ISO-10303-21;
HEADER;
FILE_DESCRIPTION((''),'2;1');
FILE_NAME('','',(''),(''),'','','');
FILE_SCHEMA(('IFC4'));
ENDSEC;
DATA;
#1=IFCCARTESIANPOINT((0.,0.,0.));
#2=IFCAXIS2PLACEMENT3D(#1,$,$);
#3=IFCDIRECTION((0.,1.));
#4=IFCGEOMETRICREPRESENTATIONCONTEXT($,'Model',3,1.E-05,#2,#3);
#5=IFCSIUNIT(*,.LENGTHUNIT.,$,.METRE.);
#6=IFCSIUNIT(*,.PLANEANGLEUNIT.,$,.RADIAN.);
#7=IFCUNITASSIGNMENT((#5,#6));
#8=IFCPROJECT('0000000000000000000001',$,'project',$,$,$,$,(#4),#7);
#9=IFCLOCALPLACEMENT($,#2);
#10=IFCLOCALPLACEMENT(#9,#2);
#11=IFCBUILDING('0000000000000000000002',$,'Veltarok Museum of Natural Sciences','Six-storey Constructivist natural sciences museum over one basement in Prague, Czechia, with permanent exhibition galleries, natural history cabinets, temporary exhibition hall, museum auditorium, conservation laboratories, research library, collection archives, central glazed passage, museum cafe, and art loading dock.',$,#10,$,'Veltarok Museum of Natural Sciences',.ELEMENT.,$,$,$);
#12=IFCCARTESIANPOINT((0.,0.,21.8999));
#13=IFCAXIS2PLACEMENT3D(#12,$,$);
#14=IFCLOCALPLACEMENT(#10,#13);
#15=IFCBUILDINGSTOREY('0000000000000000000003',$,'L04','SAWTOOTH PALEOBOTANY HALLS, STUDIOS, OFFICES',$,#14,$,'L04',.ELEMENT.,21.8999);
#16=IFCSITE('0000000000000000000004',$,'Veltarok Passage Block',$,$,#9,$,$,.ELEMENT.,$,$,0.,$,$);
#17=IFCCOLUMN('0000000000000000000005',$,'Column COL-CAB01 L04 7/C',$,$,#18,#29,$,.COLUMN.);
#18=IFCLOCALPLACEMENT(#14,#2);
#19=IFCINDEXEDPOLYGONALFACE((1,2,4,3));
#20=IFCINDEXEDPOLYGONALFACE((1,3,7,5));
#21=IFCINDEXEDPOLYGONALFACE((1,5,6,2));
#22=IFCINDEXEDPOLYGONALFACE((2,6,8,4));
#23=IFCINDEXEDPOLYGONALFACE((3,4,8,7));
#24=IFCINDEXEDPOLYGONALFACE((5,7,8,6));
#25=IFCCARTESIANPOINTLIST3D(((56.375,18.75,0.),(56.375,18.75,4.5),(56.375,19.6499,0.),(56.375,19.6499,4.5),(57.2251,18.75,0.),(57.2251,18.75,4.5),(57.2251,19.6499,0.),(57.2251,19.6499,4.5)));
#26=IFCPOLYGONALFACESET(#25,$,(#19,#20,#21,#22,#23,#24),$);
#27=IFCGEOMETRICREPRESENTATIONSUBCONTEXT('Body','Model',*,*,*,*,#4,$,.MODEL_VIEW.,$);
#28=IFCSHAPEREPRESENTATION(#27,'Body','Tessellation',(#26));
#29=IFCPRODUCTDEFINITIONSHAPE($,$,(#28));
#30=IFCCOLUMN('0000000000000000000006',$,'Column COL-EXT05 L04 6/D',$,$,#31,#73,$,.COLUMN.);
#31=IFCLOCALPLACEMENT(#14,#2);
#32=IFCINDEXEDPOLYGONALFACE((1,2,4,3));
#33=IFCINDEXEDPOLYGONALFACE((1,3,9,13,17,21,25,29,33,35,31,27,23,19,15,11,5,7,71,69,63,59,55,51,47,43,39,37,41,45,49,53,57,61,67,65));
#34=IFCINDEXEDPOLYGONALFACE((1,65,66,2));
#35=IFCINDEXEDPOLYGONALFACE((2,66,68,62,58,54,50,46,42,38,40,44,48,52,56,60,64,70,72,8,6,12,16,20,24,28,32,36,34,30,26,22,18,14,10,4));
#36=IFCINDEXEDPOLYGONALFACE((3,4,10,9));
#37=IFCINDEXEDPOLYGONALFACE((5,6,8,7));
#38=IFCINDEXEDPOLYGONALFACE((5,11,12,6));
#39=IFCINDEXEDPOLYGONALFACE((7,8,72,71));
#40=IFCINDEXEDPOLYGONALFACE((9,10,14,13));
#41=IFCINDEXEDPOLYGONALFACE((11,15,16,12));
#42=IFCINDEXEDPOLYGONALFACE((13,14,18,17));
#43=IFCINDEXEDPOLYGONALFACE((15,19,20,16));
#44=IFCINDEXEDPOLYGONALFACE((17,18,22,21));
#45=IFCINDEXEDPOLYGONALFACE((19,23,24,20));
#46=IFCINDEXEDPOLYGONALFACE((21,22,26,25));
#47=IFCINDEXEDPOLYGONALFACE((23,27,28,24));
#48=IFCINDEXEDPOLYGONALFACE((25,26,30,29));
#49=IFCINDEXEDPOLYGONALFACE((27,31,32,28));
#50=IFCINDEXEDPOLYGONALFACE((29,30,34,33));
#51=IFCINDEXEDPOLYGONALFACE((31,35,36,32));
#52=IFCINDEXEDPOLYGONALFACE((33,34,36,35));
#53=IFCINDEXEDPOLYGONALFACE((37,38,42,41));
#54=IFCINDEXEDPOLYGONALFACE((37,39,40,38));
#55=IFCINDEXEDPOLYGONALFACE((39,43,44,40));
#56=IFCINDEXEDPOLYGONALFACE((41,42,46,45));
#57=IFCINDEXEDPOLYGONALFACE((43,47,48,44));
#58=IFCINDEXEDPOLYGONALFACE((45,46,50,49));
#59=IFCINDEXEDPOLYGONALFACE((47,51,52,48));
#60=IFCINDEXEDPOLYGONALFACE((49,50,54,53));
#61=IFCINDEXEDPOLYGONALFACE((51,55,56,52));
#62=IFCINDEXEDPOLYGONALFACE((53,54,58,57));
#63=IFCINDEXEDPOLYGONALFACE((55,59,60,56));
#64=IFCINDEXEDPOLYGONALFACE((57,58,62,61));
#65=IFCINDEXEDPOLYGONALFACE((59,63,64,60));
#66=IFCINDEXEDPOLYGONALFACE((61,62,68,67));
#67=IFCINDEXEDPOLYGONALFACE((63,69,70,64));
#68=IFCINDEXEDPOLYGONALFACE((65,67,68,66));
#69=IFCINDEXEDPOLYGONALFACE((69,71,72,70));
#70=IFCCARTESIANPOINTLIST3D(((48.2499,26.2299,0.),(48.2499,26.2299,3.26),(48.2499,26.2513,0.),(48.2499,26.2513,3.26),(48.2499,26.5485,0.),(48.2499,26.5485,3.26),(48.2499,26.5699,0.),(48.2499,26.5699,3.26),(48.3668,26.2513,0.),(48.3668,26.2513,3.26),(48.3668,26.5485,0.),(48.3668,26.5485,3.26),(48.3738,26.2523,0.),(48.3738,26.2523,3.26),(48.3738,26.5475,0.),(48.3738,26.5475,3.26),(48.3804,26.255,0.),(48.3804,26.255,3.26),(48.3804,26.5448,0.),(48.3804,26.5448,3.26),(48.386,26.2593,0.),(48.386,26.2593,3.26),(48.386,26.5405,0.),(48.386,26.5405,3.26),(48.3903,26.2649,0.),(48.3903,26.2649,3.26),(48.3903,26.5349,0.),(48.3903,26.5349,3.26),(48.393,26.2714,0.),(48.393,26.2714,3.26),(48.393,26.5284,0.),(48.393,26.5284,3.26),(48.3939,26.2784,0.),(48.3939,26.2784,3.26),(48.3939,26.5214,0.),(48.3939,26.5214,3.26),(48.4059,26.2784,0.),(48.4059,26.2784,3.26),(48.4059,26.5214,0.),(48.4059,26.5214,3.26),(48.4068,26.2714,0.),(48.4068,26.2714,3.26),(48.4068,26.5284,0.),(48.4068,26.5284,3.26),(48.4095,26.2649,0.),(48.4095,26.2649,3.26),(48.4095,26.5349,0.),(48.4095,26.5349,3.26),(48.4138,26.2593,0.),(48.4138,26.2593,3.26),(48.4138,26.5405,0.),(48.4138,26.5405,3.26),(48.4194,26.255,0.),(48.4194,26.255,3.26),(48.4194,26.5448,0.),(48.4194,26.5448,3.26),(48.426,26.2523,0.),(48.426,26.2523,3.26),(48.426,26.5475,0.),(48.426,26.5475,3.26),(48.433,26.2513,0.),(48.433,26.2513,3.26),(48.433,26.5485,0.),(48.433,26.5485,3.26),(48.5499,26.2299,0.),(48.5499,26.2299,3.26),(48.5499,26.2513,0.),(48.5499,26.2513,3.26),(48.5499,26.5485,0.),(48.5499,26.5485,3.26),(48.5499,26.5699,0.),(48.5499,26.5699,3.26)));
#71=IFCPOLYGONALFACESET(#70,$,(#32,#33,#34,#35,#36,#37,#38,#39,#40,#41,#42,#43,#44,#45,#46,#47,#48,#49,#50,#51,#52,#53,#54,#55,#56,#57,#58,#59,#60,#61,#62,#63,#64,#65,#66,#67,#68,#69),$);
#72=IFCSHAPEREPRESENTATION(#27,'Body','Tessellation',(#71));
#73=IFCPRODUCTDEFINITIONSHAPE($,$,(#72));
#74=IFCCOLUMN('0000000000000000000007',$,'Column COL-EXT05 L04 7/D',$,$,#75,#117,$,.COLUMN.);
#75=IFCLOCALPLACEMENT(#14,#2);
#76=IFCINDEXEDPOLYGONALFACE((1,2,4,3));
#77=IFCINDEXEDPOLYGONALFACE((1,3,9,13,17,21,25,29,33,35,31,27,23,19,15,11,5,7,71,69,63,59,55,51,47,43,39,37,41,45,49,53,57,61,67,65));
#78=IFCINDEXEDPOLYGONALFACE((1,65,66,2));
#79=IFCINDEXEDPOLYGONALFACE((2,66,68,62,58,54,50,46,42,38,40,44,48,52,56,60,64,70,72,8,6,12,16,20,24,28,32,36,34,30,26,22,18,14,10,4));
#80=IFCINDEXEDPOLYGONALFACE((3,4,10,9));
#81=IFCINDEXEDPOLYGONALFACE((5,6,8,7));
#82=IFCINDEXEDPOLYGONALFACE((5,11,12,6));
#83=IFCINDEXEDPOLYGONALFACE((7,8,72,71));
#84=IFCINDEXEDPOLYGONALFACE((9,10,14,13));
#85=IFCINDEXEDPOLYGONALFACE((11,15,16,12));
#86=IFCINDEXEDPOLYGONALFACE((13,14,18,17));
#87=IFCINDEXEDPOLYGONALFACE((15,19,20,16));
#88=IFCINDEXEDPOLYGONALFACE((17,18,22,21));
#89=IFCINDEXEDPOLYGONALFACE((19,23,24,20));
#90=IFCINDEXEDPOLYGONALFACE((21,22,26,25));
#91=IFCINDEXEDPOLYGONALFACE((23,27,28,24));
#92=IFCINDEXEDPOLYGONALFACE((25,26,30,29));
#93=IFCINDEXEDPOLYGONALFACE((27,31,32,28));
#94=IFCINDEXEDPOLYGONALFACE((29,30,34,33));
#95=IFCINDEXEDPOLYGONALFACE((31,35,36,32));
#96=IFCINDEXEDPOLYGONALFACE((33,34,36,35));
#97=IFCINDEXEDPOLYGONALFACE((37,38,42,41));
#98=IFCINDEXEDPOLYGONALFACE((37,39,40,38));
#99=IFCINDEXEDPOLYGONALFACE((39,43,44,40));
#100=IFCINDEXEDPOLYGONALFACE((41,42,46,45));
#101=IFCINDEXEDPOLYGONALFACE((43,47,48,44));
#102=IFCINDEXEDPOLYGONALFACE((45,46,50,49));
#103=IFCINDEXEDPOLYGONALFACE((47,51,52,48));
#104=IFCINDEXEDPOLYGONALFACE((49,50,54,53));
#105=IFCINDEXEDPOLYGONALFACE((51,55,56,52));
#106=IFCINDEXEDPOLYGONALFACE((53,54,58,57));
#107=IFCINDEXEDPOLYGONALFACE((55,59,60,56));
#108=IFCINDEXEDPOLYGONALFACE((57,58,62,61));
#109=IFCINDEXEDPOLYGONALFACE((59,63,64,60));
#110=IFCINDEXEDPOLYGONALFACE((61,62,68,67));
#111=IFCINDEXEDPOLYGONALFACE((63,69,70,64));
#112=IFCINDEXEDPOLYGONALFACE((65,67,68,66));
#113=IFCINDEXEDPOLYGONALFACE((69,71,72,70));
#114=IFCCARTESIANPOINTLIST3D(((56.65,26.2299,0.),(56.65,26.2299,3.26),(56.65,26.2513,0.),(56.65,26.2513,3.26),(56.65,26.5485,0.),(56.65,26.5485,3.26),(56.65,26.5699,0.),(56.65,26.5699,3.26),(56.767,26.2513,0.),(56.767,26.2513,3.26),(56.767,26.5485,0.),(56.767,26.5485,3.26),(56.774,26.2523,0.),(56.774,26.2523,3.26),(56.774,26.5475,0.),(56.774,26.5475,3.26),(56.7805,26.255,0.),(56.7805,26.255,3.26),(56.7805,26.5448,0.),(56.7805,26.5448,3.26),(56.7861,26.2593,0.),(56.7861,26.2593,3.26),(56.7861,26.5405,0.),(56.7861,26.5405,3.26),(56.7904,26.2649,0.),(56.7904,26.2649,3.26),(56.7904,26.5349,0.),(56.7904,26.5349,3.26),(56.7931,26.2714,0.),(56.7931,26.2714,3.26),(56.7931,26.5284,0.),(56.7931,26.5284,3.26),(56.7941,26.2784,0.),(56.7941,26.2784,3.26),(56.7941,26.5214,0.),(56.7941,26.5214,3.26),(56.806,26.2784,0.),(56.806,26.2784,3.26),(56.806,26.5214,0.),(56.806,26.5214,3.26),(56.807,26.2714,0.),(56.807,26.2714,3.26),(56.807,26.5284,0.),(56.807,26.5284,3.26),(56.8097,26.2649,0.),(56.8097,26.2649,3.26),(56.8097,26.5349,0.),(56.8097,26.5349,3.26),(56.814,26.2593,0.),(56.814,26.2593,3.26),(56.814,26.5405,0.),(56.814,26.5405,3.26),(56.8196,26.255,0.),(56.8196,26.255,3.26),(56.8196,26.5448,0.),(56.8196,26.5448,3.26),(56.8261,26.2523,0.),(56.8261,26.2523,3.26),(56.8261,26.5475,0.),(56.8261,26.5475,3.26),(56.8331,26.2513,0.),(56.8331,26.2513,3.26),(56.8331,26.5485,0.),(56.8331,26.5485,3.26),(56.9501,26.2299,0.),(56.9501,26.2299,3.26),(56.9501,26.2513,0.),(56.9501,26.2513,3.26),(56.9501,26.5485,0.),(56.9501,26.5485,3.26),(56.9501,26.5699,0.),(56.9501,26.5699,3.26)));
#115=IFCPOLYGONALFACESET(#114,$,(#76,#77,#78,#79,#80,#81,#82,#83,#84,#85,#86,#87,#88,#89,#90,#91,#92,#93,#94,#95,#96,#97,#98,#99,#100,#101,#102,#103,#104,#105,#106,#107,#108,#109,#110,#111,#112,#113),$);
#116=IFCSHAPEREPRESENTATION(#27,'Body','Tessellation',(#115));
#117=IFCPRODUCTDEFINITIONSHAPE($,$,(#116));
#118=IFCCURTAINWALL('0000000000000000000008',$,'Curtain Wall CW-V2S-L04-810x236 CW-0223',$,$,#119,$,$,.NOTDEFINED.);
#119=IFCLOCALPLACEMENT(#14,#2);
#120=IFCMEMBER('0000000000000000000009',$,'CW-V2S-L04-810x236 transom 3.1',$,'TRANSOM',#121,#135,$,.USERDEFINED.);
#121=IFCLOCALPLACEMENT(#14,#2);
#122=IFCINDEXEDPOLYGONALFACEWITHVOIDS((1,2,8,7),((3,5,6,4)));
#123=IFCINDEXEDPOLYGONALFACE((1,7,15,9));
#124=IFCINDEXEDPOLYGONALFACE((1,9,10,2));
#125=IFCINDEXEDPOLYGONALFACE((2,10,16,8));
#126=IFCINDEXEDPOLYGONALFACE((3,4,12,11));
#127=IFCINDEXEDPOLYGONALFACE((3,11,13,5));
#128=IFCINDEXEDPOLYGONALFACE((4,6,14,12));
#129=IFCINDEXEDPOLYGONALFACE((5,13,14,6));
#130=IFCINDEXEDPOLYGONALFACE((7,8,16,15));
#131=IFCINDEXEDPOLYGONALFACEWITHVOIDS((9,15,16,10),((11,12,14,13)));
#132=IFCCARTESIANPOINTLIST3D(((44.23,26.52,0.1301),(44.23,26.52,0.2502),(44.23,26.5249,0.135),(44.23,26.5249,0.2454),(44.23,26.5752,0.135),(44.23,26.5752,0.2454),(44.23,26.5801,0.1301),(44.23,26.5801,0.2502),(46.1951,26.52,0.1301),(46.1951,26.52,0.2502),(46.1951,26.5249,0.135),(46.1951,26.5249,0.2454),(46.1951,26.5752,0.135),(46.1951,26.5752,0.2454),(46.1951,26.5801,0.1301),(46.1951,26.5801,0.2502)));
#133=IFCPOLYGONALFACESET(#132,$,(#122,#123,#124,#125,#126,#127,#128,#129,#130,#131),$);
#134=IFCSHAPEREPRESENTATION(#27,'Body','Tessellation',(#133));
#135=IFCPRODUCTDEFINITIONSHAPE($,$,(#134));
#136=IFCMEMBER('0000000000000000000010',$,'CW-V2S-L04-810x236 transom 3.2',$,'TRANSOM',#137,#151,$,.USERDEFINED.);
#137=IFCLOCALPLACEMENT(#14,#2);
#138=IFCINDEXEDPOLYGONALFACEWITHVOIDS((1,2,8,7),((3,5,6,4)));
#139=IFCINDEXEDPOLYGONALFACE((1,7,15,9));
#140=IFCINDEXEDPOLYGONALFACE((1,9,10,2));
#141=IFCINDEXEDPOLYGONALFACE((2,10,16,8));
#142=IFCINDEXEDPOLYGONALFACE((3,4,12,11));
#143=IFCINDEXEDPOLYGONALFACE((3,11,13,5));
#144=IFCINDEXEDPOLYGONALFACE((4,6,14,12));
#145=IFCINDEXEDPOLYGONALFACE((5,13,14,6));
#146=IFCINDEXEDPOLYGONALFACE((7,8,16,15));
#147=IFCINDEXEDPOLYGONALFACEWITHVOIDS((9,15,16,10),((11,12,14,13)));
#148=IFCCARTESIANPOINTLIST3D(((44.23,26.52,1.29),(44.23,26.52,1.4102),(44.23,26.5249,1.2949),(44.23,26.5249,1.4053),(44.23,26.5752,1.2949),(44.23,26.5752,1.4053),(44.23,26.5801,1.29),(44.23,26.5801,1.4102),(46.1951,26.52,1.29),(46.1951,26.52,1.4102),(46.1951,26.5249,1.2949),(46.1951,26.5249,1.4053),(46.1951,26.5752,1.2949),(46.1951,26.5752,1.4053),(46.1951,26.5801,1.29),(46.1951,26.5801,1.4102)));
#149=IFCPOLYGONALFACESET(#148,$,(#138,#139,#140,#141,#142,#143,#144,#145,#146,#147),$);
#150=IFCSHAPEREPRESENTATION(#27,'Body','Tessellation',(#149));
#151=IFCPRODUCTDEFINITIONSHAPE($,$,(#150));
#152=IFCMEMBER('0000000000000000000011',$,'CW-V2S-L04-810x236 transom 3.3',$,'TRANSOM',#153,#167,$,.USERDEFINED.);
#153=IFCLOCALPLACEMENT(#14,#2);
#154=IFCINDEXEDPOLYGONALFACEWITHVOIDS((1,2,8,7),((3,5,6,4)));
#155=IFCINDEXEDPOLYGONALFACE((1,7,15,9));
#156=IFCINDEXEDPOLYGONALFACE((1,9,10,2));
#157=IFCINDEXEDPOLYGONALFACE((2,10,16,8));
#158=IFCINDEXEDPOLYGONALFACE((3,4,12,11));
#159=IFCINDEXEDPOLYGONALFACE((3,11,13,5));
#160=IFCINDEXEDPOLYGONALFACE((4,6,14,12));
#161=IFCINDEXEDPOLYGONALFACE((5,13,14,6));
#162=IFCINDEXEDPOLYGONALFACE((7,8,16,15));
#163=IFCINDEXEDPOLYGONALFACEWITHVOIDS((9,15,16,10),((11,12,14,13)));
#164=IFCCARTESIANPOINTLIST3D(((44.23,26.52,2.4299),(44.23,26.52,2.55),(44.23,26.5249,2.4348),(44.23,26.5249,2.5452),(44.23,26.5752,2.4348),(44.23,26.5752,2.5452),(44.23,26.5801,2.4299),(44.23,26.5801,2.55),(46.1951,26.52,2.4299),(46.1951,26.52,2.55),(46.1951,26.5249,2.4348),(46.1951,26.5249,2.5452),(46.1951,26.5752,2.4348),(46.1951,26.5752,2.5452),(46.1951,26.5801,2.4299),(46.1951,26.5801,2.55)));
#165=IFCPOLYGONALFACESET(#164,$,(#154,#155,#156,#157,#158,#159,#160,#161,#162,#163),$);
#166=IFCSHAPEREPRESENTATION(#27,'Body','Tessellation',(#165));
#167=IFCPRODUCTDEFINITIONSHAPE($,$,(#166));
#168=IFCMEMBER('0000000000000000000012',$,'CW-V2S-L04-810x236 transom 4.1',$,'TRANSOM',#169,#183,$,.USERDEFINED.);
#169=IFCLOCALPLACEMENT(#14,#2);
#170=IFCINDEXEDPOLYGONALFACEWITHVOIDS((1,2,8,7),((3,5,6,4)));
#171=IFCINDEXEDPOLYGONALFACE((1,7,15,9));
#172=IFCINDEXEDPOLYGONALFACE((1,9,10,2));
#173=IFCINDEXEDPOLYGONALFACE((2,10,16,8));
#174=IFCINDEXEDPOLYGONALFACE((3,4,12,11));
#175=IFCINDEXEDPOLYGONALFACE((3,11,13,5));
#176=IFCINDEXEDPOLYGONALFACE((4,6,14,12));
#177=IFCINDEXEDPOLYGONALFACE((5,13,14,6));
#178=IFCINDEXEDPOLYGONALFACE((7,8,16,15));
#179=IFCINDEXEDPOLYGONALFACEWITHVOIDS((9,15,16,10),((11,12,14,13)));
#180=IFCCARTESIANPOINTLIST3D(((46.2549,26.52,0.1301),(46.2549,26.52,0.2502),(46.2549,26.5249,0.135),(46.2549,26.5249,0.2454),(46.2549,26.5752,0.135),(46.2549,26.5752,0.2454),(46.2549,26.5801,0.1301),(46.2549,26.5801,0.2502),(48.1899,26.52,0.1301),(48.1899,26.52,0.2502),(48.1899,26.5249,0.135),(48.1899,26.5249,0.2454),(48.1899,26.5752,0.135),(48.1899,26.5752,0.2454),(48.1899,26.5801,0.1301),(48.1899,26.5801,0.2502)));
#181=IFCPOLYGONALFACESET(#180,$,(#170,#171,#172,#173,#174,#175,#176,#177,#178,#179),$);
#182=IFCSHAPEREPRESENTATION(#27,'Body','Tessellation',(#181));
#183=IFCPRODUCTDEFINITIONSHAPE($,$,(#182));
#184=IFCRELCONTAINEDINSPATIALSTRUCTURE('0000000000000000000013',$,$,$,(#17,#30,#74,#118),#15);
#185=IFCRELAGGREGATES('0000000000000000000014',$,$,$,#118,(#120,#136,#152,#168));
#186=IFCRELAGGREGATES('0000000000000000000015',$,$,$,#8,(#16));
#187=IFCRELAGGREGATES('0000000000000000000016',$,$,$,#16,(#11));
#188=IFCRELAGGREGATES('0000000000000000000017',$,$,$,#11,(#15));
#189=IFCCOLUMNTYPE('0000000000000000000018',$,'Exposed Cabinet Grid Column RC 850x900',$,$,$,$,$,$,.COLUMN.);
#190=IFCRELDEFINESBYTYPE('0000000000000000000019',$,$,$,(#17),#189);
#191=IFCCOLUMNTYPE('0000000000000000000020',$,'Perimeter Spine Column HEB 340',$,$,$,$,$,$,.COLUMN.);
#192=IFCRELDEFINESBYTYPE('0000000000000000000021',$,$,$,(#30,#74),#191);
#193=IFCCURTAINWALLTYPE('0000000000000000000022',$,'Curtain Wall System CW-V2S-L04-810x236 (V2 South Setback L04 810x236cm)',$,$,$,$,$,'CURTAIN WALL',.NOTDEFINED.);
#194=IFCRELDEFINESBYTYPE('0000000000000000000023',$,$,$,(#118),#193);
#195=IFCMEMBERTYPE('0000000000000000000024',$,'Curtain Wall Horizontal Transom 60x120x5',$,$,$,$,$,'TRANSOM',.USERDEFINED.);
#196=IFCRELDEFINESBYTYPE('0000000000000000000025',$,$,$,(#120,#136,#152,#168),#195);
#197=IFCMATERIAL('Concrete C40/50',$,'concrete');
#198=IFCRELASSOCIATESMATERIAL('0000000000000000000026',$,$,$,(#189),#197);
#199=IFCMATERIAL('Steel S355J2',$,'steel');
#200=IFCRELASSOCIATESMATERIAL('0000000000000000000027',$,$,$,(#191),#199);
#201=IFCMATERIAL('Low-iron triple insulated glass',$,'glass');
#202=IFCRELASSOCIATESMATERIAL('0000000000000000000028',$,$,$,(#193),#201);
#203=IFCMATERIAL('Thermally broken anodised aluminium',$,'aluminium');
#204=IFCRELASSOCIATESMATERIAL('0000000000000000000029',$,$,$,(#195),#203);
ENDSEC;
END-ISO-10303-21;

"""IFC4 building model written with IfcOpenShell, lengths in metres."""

from ifc_helpers import new_model, si_unit, direction, frame, origin, origin_2d, place, context, subcontext, project, spatial, rectangle, hollow_rectangle, i_section, extrude, material, material_profile, profile_set, type_object, element, aggregate, save


model = new_model("IFC4")

# Units and contexts
model_context = context("Model", 3, precision=1e-05, world=origin(), true_north=direction((0.0, 1.0)))
body_context = subcontext(model_context, "Body", "Model", "MODEL_VIEW")
ifc_project = project(units=[si_unit("LENGTHUNIT", "METRE"), si_unit("PLANEANGLEUNIT", "RADIAN")], contexts=[model_context])

# Site, building, storey
site_placement = place(None, origin())
site = spatial("IfcSite", under=ifc_project, at=site_placement, Name="Veltarok Passage Block", CompositionType="ELEMENT", RefElevation=0.0)
building_placement = place(site_placement, origin())
building = spatial("IfcBuilding", under=site, at=building_placement, Name="Veltarok Museum of Natural Sciences", Description="Six-storey Constructivist natural sciences museum over one basement in Prague, Czechia, with permanent exhibition galleries, natural history cabinets, temporary exhibition hall, museum auditorium, conservation laboratories, research library, collection archives, central glazed passage, museum cafe, and art loading dock.", LongName="Veltarok Museum of Natural Sciences", CompositionType="ELEMENT")
storey_placement = place(building_placement, frame((0.0, 0.0, 21.8999)))
storey = spatial("IfcBuildingStorey", under=building, at=storey_placement, Name="L04", Description="SAWTOOTH PALEOBOTANY HALLS, STUDIOS, OFFICES", LongName="L04", CompositionType="ELEMENT", Elevation=21.8999)

# Columns
ifc_material_1 = material(Name="Concrete C40/50", Category="concrete")
ifc_material_profile_1 = material_profile(ifc_material_1, rectangle(XDim=0.8501, YDim=0.8999, at=origin_2d()), Name="RC 850x900")
ifc_profile_set_1 = profile_set([ifc_material_profile_1], Name="Concrete C40/50")
column_type_1 = type_object("IfcColumnType", Name="Exposed Cabinet Grid Column RC 850x900", PredefinedType="COLUMN", material=ifc_profile_set_1)
column_placement = place(storey_placement, frame((56.8, 19.2, 0.0), z_axis=(0.0, 0.0, 1.0), x_axis=(1.0, 0.0, 0.0)))
element("IfcColumn", 1, at=column_placement, inside=storey, type_object=column_type_1, Name="Column COL-CAB01 L04 7/C", PredefinedType="COLUMN", context=body_context, shape_type="SweptSolid", body=[
    extrude(rectangle(XDim=0.8501, YDim=0.8999, at=origin_2d()), origin(), (0.0, 0.0, 1.0), 4.5),
])
ifc_material_2 = material(Name="Steel S355J2", Category="steel")
ifc_material_profile_2 = material_profile(ifc_material_2, i_section(OverallWidth=0.3, OverallDepth=0.3401, WebThickness=0.012, FlangeThickness=0.0215, FilletRadius=0.0271, at=origin_2d()), Name="HEB 340")
ifc_profile_set_2 = profile_set([ifc_material_profile_2], Name="Steel S355J2")
column_type_2 = type_object("IfcColumnType", Name="Perimeter Spine Column HEB 340", PredefinedType="COLUMN", material=ifc_profile_set_2)
for number, where, z_axis, x_axis, name in (
    (2, (48.3999, 26.3999, 0.0), (0.0, 0.0, 1.0), (1.0, 0.0, 0.0), "Column COL-EXT05 L04 6/D"),
    (3, (56.8, 26.3999, 0.0), (0.0, 0.0, 1.0), (1.0, 0.0, 0.0), "Column COL-EXT05 L04 7/D"),
):
    element("IfcColumn", number, at=place(storey_placement, frame(where, z_axis=z_axis, x_axis=x_axis)), inside=storey, type_object=column_type_2, Name=name, PredefinedType="COLUMN", context=body_context, shape_type="SweptSolid", body=[
        extrude(i_section(OverallWidth=0.3, OverallDepth=0.3401, WebThickness=0.012, FlangeThickness=0.0215, FilletRadius=0.0271, at=origin_2d()), origin(), (0.0, 0.0, 1.0), 3.26),
    ])

# Curtain wall, members
ifc_material_3 = material(Name="Low-iron triple insulated glass", Category="glass")
curtain_wall_type = type_object("IfcCurtainWallType", Name="Curtain Wall System CW-V2S-L04-810x236 (V2 South Setback L04 810x236cm)", ElementType="CURTAIN WALL", PredefinedType="NOTDEFINED", material=ifc_material_3)
curtain_wall_1_placement = place(storey_placement, origin())
curtain_wall_1 = element("IfcCurtainWall", 4, at=curtain_wall_1_placement, inside=storey, type_object=curtain_wall_type, Name="Curtain Wall CW-V2S-L04-810x236 CW-0223", PredefinedType="NOTDEFINED")
ifc_material_4 = material(Name="Thermally broken anodised aluminium", Category="aluminium")
ifc_material_profile_3 = material_profile(ifc_material_4, hollow_rectangle(XDim=0.0601, YDim=0.1201, WallThickness=0.0049, at=origin_2d()), Name="CW TRANSOM 60x120x5")
ifc_profile_set_3 = profile_set([ifc_material_profile_3], Name="Thermally broken anodised aluminium")
member_type_1 = type_object("IfcMemberType", Name="Curtain Wall Horizontal Transom 60x120x5", ElementType="TRANSOM", PredefinedType="USERDEFINED", material=ifc_profile_set_3)
member_1_placement = place(storey_placement, frame((44.23, 26.55, 0.1902), z_axis=(1.0, 0.0, 0.0), x_axis=(0.0, 1.0, 0.0)))
member_1 = element("IfcMember", 5, at=member_1_placement, type_object=member_type_1, Name="CW-V2S-L04-810x236 transom 3.1", ObjectType="TRANSOM", PredefinedType="USERDEFINED", context=body_context, shape_type="SweptSolid", body=[
    extrude(hollow_rectangle(XDim=0.0601, YDim=0.1201, WallThickness=0.0049, at=origin_2d()), origin(), (0.0, 0.0, 1.0), 1.9651),
])
member_2_placement = place(storey_placement, frame((44.23, 26.55, 1.3501), z_axis=(1.0, 0.0, 0.0), x_axis=(0.0, 1.0, 0.0)))
member_2 = element("IfcMember", 6, at=member_2_placement, type_object=member_type_1, Name="CW-V2S-L04-810x236 transom 3.2", ObjectType="TRANSOM", PredefinedType="USERDEFINED", context=body_context, shape_type="SweptSolid", body=[
    extrude(hollow_rectangle(XDim=0.0601, YDim=0.1201, WallThickness=0.0049, at=origin_2d()), origin(), (0.0, 0.0, 1.0), 1.9651),
])
member_3_placement = place(storey_placement, frame((44.23, 26.55, 2.49), z_axis=(1.0, 0.0, 0.0), x_axis=(0.0, 1.0, 0.0)))
member_3 = element("IfcMember", 7, at=member_3_placement, type_object=member_type_1, Name="CW-V2S-L04-810x236 transom 3.3", ObjectType="TRANSOM", PredefinedType="USERDEFINED", context=body_context, shape_type="SweptSolid", body=[
    extrude(hollow_rectangle(XDim=0.0601, YDim=0.1201, WallThickness=0.0049, at=origin_2d()), origin(), (0.0, 0.0, 1.0), 1.9651),
])
member_4_placement = place(storey_placement, frame((46.2549, 26.55, 0.1902), z_axis=(1.0, 0.0, 0.0), x_axis=(0.0, 1.0, 0.0)))
member_4 = element("IfcMember", 8, at=member_4_placement, type_object=member_type_1, Name="CW-V2S-L04-810x236 transom 4.1", ObjectType="TRANSOM", PredefinedType="USERDEFINED", context=body_context, shape_type="SweptSolid", body=[
    extrude(hollow_rectangle(XDim=0.0601, YDim=0.1201, WallThickness=0.0049, at=origin_2d()), origin(), (0.0, 0.0, 1.0), 1.9351),
])

aggregate(curtain_wall_1, [member_1, member_2, member_3, member_4])

save(model, "model.ifc")
